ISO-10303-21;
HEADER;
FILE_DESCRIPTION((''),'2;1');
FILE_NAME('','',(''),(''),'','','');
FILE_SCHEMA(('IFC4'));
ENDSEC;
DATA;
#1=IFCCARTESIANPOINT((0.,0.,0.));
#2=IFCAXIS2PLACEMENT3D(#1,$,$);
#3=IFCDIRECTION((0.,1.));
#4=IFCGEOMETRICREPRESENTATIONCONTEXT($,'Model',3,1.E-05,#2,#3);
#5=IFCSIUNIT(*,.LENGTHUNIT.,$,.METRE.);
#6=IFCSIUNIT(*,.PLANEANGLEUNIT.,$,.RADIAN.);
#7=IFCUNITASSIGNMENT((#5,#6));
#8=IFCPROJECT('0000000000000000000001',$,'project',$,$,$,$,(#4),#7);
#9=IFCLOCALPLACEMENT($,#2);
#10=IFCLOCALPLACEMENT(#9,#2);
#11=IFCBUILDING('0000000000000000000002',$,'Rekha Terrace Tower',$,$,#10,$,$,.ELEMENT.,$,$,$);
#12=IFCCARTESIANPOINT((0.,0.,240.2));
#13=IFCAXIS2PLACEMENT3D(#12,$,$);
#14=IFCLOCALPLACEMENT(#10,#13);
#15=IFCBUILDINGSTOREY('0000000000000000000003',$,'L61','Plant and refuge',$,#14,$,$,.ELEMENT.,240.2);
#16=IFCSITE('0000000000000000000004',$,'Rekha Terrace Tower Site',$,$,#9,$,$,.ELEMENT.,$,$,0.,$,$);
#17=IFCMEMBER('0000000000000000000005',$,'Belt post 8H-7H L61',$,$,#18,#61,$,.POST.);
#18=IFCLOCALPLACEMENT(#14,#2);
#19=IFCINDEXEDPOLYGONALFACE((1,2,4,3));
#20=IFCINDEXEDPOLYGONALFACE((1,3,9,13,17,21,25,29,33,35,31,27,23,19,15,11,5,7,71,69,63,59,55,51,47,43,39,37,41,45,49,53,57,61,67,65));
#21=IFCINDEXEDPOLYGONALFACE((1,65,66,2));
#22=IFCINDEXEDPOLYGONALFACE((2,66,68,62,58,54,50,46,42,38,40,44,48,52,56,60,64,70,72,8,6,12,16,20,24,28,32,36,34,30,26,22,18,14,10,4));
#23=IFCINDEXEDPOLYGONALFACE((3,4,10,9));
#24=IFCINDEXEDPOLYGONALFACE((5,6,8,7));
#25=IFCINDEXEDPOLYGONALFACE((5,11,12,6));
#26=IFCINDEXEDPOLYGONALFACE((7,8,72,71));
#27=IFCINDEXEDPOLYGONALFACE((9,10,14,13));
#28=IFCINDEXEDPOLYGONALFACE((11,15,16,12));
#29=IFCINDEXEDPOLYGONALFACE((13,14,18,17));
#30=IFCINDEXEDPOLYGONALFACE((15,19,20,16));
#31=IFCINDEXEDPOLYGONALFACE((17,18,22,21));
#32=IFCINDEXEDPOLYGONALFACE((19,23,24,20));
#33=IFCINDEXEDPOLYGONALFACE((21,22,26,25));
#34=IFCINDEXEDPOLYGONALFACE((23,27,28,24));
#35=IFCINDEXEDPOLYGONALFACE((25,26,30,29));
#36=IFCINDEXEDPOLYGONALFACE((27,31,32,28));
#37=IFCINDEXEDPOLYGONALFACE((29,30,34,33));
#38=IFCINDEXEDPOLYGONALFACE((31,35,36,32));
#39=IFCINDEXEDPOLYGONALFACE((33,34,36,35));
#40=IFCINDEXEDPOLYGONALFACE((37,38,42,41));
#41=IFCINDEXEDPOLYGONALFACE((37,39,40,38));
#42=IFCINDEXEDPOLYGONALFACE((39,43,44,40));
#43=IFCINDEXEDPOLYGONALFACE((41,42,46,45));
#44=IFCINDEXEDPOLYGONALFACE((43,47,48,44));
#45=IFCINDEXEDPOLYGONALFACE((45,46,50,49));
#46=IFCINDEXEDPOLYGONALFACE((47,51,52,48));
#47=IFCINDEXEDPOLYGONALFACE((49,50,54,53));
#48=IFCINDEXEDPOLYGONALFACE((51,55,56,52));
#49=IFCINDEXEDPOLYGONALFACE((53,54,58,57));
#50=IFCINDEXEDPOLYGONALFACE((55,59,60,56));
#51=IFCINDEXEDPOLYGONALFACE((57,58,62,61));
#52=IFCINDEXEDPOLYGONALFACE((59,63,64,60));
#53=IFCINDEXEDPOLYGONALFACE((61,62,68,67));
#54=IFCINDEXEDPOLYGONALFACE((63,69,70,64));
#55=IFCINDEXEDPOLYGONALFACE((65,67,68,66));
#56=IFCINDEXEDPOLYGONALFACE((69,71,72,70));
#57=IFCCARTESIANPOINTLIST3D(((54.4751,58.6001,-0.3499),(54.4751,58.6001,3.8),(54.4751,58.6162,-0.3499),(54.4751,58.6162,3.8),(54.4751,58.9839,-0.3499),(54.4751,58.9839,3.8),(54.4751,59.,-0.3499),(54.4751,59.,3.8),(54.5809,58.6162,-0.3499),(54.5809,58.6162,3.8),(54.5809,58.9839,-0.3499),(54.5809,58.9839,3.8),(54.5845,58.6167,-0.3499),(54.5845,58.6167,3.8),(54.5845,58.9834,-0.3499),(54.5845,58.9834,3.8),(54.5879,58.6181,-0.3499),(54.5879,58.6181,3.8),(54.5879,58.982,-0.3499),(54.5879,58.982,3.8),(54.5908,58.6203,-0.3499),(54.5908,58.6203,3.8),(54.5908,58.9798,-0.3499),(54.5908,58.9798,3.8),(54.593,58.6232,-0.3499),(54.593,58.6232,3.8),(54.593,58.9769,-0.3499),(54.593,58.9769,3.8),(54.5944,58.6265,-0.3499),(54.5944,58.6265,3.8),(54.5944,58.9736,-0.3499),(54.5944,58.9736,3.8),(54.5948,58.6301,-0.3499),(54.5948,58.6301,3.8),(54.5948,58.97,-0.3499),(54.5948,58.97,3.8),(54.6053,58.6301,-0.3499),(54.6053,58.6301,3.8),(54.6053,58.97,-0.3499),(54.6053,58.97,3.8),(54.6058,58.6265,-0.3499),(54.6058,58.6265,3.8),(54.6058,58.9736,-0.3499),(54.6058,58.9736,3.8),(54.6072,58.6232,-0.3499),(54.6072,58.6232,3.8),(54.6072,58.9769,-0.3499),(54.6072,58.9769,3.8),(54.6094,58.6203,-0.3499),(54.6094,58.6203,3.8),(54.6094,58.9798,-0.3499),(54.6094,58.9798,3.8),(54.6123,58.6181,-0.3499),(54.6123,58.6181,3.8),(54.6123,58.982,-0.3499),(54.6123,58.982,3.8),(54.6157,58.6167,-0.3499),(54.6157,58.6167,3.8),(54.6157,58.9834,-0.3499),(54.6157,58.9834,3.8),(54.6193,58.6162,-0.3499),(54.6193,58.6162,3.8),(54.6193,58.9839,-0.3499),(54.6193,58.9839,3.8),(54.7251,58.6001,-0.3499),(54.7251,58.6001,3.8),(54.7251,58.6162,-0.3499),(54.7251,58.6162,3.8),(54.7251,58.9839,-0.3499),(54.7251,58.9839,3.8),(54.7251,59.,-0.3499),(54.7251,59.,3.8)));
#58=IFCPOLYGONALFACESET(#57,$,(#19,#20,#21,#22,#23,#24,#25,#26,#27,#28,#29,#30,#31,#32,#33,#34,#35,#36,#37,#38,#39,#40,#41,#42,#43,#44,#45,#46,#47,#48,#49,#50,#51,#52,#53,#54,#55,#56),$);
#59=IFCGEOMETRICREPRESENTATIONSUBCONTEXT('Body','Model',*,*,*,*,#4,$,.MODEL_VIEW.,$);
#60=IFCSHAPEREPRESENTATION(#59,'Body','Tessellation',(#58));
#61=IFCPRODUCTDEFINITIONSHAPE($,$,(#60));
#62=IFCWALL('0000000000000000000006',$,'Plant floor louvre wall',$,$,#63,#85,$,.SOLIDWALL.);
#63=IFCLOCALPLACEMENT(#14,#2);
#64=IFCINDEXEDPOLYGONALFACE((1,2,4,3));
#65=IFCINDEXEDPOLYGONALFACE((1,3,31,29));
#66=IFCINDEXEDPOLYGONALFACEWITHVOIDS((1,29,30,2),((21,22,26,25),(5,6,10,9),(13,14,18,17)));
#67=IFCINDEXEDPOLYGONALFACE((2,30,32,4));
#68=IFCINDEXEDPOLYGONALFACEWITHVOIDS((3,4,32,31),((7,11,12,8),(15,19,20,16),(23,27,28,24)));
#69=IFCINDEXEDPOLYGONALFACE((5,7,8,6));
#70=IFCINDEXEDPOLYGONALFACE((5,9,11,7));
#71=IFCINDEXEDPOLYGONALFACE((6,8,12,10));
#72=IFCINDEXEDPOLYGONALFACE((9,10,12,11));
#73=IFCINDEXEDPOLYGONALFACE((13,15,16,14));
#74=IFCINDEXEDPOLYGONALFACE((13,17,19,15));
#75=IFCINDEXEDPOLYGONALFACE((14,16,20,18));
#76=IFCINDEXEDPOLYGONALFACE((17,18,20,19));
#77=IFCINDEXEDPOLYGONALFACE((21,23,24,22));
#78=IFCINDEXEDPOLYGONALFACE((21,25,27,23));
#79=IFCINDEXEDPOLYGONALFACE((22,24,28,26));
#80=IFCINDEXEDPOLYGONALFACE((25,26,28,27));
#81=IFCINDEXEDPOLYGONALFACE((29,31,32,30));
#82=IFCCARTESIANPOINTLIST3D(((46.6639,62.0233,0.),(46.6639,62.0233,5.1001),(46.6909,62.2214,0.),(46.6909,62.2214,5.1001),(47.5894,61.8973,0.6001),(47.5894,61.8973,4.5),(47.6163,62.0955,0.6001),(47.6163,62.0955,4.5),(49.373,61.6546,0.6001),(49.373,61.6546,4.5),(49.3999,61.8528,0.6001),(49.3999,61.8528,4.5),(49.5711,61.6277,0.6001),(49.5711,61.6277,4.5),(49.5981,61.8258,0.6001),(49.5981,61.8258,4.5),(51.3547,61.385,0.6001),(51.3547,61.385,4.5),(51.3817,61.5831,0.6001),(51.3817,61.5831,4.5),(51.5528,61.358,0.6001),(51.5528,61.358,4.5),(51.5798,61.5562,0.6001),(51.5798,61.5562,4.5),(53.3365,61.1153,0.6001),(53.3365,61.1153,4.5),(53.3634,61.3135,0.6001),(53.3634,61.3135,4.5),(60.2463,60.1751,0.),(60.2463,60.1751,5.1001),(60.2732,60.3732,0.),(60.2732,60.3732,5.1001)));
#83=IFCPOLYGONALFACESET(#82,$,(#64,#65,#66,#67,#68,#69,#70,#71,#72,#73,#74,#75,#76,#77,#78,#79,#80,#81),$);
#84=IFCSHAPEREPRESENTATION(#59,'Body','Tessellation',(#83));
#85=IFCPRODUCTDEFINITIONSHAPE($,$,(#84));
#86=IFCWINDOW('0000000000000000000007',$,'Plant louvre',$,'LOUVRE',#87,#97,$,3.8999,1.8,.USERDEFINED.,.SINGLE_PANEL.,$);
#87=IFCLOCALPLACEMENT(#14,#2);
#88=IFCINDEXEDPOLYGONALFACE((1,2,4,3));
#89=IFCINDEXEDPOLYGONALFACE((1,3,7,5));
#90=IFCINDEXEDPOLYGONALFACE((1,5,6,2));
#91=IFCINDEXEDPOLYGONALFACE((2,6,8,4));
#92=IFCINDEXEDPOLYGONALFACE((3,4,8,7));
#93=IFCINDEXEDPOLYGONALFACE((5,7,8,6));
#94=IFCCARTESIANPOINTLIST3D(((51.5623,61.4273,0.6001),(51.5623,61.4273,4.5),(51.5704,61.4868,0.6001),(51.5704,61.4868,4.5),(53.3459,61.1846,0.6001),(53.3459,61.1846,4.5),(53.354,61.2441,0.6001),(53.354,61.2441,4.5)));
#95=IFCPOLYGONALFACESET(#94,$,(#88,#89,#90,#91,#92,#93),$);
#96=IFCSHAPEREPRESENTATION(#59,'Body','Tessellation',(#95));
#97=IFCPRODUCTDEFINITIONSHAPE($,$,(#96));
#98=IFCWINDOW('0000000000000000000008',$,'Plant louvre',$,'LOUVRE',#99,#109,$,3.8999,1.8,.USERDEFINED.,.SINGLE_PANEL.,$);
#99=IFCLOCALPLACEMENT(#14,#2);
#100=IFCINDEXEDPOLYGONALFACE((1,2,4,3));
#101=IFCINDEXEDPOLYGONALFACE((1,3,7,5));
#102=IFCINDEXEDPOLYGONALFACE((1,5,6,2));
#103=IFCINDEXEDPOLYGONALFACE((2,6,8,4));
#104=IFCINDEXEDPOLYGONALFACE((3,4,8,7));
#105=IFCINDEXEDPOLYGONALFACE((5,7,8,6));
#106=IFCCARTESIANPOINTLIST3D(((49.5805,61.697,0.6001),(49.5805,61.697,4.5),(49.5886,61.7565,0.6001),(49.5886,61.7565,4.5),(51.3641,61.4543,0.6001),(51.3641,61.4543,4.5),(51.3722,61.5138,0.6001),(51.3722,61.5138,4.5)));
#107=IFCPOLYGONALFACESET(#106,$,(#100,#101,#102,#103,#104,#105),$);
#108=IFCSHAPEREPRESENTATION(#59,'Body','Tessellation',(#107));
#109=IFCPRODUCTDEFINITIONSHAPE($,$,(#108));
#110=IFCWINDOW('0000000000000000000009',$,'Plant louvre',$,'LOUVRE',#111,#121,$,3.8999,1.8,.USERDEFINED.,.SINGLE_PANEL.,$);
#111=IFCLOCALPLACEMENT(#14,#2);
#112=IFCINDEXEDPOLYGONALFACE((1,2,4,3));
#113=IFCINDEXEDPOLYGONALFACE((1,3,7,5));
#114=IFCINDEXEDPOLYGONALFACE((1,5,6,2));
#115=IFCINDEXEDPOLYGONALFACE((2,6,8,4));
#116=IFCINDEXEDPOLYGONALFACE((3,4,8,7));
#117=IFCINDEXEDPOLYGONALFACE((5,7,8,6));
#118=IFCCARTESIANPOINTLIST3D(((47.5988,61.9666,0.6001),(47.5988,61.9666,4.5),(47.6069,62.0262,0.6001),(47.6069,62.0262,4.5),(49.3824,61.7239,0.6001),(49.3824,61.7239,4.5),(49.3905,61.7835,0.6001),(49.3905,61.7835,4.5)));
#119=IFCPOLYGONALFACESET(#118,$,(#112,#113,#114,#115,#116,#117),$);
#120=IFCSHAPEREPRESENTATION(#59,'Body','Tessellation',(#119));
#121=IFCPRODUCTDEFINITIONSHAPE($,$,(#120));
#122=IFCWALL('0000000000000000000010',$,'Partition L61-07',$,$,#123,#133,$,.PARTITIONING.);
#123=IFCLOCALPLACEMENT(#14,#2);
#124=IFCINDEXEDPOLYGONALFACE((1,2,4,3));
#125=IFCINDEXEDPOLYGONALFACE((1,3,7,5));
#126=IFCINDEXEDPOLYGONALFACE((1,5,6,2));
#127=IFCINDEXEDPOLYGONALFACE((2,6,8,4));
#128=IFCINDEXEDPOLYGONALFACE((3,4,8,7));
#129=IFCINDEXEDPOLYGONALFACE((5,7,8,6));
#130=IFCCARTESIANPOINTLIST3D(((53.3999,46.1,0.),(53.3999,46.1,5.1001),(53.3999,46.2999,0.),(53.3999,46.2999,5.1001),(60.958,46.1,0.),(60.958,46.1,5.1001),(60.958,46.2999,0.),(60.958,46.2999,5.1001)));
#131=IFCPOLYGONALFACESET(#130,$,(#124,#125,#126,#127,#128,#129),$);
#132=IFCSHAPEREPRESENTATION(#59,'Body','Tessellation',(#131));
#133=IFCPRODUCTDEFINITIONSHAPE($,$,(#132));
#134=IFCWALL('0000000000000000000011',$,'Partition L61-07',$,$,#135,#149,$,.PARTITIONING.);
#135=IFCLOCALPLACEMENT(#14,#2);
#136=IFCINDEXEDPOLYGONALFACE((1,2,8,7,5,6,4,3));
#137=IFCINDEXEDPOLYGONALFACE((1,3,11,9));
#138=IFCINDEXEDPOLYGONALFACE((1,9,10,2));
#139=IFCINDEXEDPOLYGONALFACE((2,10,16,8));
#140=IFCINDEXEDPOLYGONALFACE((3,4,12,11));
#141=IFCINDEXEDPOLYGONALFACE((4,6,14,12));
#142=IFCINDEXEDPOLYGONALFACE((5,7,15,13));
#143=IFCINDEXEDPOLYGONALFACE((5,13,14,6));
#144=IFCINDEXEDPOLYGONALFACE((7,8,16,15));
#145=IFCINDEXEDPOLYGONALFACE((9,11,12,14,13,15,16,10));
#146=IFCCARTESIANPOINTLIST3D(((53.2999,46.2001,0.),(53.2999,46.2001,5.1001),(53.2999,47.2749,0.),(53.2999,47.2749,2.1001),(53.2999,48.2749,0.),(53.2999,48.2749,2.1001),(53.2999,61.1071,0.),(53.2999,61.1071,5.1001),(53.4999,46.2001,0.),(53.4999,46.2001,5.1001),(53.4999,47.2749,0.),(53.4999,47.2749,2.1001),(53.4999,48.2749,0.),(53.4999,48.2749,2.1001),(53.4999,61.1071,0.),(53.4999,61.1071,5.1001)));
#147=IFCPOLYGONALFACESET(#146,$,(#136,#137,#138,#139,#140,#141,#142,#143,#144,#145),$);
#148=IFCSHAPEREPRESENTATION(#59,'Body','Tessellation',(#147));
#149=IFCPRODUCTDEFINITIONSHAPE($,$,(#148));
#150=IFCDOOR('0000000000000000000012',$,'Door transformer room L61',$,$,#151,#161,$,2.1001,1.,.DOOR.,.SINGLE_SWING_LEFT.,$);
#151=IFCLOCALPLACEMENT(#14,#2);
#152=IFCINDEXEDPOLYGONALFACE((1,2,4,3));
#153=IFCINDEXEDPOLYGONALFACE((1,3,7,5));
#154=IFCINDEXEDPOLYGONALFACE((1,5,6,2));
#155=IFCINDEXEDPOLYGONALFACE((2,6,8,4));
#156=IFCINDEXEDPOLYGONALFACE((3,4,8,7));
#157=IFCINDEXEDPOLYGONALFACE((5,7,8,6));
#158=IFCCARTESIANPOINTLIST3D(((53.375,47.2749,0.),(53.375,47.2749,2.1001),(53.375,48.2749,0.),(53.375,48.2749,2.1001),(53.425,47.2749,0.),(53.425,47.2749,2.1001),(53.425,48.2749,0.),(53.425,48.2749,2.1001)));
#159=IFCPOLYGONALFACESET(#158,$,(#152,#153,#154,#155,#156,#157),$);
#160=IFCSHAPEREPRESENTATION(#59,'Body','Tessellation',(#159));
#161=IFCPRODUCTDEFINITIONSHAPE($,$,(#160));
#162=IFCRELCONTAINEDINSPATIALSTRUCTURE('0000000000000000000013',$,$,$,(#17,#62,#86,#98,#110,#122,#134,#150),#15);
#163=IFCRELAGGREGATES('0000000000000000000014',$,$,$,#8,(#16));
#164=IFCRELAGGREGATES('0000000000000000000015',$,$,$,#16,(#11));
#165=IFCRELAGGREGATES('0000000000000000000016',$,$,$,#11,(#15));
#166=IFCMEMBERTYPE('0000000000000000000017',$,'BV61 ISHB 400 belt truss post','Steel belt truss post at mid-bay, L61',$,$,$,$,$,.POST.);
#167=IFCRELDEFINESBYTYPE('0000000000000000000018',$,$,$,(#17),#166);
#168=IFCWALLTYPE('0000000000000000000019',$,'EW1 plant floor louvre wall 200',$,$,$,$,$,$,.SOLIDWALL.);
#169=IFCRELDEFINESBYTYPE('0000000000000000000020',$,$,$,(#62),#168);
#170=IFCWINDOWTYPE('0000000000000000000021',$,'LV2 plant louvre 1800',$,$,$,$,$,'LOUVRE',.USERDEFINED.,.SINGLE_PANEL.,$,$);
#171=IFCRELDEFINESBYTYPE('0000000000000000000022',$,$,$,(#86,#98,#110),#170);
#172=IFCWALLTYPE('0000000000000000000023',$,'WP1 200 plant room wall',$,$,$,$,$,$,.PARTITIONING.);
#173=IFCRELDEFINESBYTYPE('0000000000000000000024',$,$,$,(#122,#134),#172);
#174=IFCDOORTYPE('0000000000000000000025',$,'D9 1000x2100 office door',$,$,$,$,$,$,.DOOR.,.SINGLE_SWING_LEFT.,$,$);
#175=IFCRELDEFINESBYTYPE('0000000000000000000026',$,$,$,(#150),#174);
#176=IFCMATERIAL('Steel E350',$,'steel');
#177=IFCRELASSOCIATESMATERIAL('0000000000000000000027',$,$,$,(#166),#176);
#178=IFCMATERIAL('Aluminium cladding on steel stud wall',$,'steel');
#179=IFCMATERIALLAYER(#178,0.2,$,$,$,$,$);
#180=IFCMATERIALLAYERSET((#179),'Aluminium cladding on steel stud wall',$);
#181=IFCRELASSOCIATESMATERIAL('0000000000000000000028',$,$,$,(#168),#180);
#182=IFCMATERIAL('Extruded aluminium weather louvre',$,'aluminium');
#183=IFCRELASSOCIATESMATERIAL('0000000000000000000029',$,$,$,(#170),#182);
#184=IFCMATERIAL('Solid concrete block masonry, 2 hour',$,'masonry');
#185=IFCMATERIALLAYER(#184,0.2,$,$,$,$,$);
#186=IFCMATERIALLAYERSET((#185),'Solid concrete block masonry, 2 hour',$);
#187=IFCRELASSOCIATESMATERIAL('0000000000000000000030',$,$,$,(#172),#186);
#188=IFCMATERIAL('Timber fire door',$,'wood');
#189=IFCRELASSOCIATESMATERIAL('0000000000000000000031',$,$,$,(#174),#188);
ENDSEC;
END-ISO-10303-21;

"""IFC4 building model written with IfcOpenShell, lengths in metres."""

from ifc_helpers import new_model, si_unit, direction, frame, frame_2d, origin, origin_2d, place, context, subcontext, project, spatial, rectangle, i_section, extrude, material, layer, layer_set, material_profile, profile_set, type_object, element, fill, save


model = new_model("IFC4")

# Units and contexts
model_context = context("Model", 3, precision=1e-05, world=origin(), true_north=direction((0.0, 1.0)))
body_context = subcontext(model_context, "Body", "Model", "MODEL_VIEW")
ifc_project = project(units=[si_unit("LENGTHUNIT", "METRE"), si_unit("PLANEANGLEUNIT", "RADIAN")], contexts=[model_context])

# Site, building, storey
site_placement = place(None, origin())
site = spatial("IfcSite", under=ifc_project, at=site_placement, Name="Rekha Terrace Tower Site", CompositionType="ELEMENT", RefElevation=0.0)
building_placement = place(site_placement, origin())
building = spatial("IfcBuilding", under=site, at=building_placement, Name="Rekha Terrace Tower", CompositionType="ELEMENT")
storey_placement = place(building_placement, frame((0.0, 0.0, 240.2)))
storey = spatial("IfcBuildingStorey", under=building, at=storey_placement, Name="L61", Description="Plant and refuge", CompositionType="ELEMENT", Elevation=240.2)

# Member
ifc_material_1 = material(Name="Steel E350", Category="steel")
ifc_material_profile_1 = material_profile(ifc_material_1, i_section(OverallWidth=0.25, OverallDepth=0.3999, WebThickness=0.0105, FlangeThickness=0.0161, FilletRadius=0.0139, at=origin_2d()), Name="ISHB 400")
ifc_profile_set_1 = profile_set([ifc_material_profile_1], Name="Steel E350")
member_type_1 = type_object("IfcMemberType", Name="BV61 ISHB 400 belt truss post", Description="Steel belt truss post at mid-bay, L61", PredefinedType="POST", material=ifc_profile_set_1)
for number, where, z_axis, x_axis, name in (
    (1, (54.6001, 58.8, -0.3499), (0.0, 0.0, 1.0), (1.0, 0.0, 0.0), "Belt post 8H-7H L61"),
):
    element("IfcMember", number, at=place(storey_placement, frame(where, z_axis=z_axis, x_axis=x_axis)), inside=storey, type_object=member_type_1, Name=name, PredefinedType="POST", context=body_context, shape_type="SweptSolid", body=[
        extrude(i_section(OverallWidth=0.25, OverallDepth=0.3999, WebThickness=0.0105, FlangeThickness=0.0161, FilletRadius=0.0139, at=origin_2d()), origin(), (0.0, 0.0, 1.0), 4.1499),
    ])

# Wall, openings, windows
ifc_material_2 = material(Name="Aluminium cladding on steel stud wall", Category="steel")
ifc_layer_1 = layer(ifc_material_2, 0.2)
ifc_layer_set_1 = layer_set([ifc_layer_1], Name="Aluminium cladding on steel stud wall")
wall_type_1 = type_object("IfcWallType", Name="EW1 plant floor louvre wall 200", PredefinedType="SOLIDWALL", material=ifc_layer_set_1)
wall_1_placement = place(storey_placement, frame((60.2598, 60.2742, 0.0), z_axis=(0.0, 0.0, 1.0), x_axis=(-0.990869, 0.134828, 0.0)))
wall_1 = element("IfcWall", 2, at=wall_1_placement, inside=storey, type_object=wall_type_1, Name="Plant floor louvre wall", PredefinedType="SOLIDWALL", context=body_context, shape_type="SweptSolid", body=[
    extrude(rectangle(XDim=13.7075, YDim=0.2, at=frame_2d((6.8538, 0.0))), origin(), (0.0, 0.0, 1.0), 5.1001),
])
opening_1_placement = place(wall_1_placement, frame((6.9736, 0.0, 0.6001)))
opening_1 = element("IfcOpeningElement", 3, at=opening_1_placement, cuts=wall_1, PredefinedType="OPENING", context=body_context, shape_type="SweptSolid", body=[
    extrude(rectangle(XDim=1.8, YDim=3.8999, at=frame_2d((0.8999, 1.95))), frame((0.0, 0.1099, 0.0), z_axis=(0.0, -1.0, 0.0), x_axis=(1.0, 0.0, 0.0)), (0.0, 0.0, 1.0), 0.22),
])
opening_2_placement = place(wall_1_placement, frame((8.9736, 0.0, 0.6001)))
opening_2 = element("IfcOpeningElement", 4, at=opening_2_placement, cuts=wall_1, PredefinedType="OPENING", context=body_context, shape_type="SweptSolid", body=[
    extrude(rectangle(XDim=1.8, YDim=3.8999, at=frame_2d((0.8999, 1.95))), frame((0.0, 0.1099, 0.0), z_axis=(0.0, -1.0, 0.0), x_axis=(1.0, 0.0, 0.0)), (0.0, 0.0, 1.0), 0.22),
])
opening_3_placement = place(wall_1_placement, frame((10.9736, 0.0, 0.6001)))
opening_3 = element("IfcOpeningElement", 5, at=opening_3_placement, cuts=wall_1, PredefinedType="OPENING", context=body_context, shape_type="SweptSolid", body=[
    extrude(rectangle(XDim=1.8, YDim=3.8999, at=frame_2d((0.8999, 1.95))), frame((0.0, 0.1099, 0.0), z_axis=(0.0, -1.0, 0.0), x_axis=(1.0, 0.0, 0.0)), (0.0, 0.0, 1.0), 0.22),
])
ifc_material_3 = material(Name="Extruded aluminium weather louvre", Category="aluminium")
window_type = type_object("IfcWindowType", Name="LV2 plant louvre 1800", ElementType="LOUVRE", PartitioningType="SINGLE_PANEL", PredefinedType="USERDEFINED", material=ifc_material_3)
window_1_placement = place(opening_1_placement, origin())
window_1 = element("IfcWindow", 6, at=window_1_placement, inside=storey, type_object=window_type, Name="Plant louvre", ObjectType="LOUVRE", OverallHeight=3.8999, OverallWidth=1.8, PartitioningType="SINGLE_PANEL", PredefinedType="USERDEFINED", context=body_context, shape_type="SweptSolid", body=[
    extrude(rectangle(XDim=1.8, YDim=3.8999, at=frame_2d((0.8999, 1.95))), frame((0.0, 0.03, 0.0), z_axis=(0.0, -1.0, 0.0), x_axis=(1.0, 0.0, 0.0)), (0.0, 0.0, 1.0), 0.0601),
])
fill(opening_1, window_1)
window_2_placement = place(opening_2_placement, origin())
window_2 = element("IfcWindow", 7, at=window_2_placement, inside=storey, type_object=window_type, Name="Plant louvre", ObjectType="LOUVRE", OverallHeight=3.8999, OverallWidth=1.8, PartitioningType="SINGLE_PANEL", PredefinedType="USERDEFINED", context=body_context, shape_type="SweptSolid", body=[
    extrude(rectangle(XDim=1.8, YDim=3.8999, at=frame_2d((0.8999, 1.95))), frame((0.0, 0.03, 0.0), z_axis=(0.0, -1.0, 0.0), x_axis=(1.0, 0.0, 0.0)), (0.0, 0.0, 1.0), 0.0601),
])
fill(opening_2, window_2)
window_3_placement = place(opening_3_placement, origin())
window_3 = element("IfcWindow", 8, at=window_3_placement, inside=storey, type_object=window_type, Name="Plant louvre", ObjectType="LOUVRE", OverallHeight=3.8999, OverallWidth=1.8, PartitioningType="SINGLE_PANEL", PredefinedType="USERDEFINED", context=body_context, shape_type="SweptSolid", body=[
    extrude(rectangle(XDim=1.8, YDim=3.8999, at=frame_2d((0.8999, 1.95))), frame((0.0, 0.03, 0.0), z_axis=(0.0, -1.0, 0.0), x_axis=(1.0, 0.0, 0.0)), (0.0, 0.0, 1.0), 0.0601),
])
fill(opening_3, window_3)

# Wall
ifc_material_4 = material(Name="Solid concrete block masonry, 2 hour", Category="masonry")
ifc_layer_2 = layer(ifc_material_4, 0.2)
ifc_layer_set_2 = layer_set([ifc_layer_2], Name="Solid concrete block masonry, 2 hour")
wall_type_2 = type_object("IfcWallType", Name="WP1 200 plant room wall", PredefinedType="PARTITIONING", material=ifc_layer_set_2)
wall_2_placement = place(storey_placement, frame((60.958, 46.2, 0.0), z_axis=(0.0, 0.0, 1.0), x_axis=(-1.0, 0.0, 0.0)))
element("IfcWall", 9, at=wall_2_placement, inside=storey, type_object=wall_type_2, Name="Partition L61-07", PredefinedType="PARTITIONING", context=body_context, shape_type="SweptSolid", body=[
    extrude(rectangle(XDim=7.5581, YDim=0.2, at=frame_2d((3.7791, 0.0))), origin(), (0.0, 0.0, 1.0), 5.1001),
])

# Wall, opening, door
wall_3_placement = place(storey_placement, frame((53.3999, 46.2, 0.0), z_axis=(0.0, 0.0, 1.0), x_axis=(0.0, 1.0, 0.0)))
wall_3 = element("IfcWall", 10, at=wall_3_placement, inside=storey, type_object=wall_type_2, Name="Partition L61-07", PredefinedType="PARTITIONING", context=body_context, shape_type="SweptSolid", body=[
    extrude(rectangle(XDim=14.907, YDim=0.2, at=frame_2d((7.4536, 0.0))), origin(), (0.0, 0.0, 1.0), 5.1001),
])
opening_4_placement = place(wall_3_placement, frame((1.075, 0.0, 0.0)))
opening_4 = element("IfcOpeningElement", 11, at=opening_4_placement, cuts=wall_3, PredefinedType="OPENING", context=body_context, shape_type="SweptSolid", body=[
    extrude(rectangle(XDim=1.0, YDim=2.1001, at=frame_2d((0.5, 1.05))), frame((0.0, 0.1099, 0.0), z_axis=(0.0, -1.0, 0.0), x_axis=(1.0, 0.0, 0.0)), (0.0, 0.0, 1.0), 0.22),
])
ifc_material_5 = material(Name="Timber fire door", Category="wood")
door_type_1 = type_object("IfcDoorType", Name="D9 1000x2100 office door", OperationType="SINGLE_SWING_LEFT", PredefinedType="DOOR", material=ifc_material_5)
door_1_placement = place(opening_4_placement, origin())
door_1 = element("IfcDoor", 12, at=door_1_placement, inside=storey, type_object=door_type_1, Name="Door transformer room L61", OperationType="SINGLE_SWING_LEFT", OverallHeight=2.1001, OverallWidth=1.0, PredefinedType="DOOR", context=body_context, shape_type="SweptSolid", body=[
    extrude(rectangle(XDim=1.0, YDim=2.1001, at=frame_2d((0.5, 1.05))), frame((0.0, 0.0249, 0.0), z_axis=(0.0, -1.0, 0.0), x_axis=(1.0, 0.0, 0.0)), (0.0, 0.0, 1.0), 0.05),
])
fill(opening_4, door_1)

save(model, "model.ifc")
